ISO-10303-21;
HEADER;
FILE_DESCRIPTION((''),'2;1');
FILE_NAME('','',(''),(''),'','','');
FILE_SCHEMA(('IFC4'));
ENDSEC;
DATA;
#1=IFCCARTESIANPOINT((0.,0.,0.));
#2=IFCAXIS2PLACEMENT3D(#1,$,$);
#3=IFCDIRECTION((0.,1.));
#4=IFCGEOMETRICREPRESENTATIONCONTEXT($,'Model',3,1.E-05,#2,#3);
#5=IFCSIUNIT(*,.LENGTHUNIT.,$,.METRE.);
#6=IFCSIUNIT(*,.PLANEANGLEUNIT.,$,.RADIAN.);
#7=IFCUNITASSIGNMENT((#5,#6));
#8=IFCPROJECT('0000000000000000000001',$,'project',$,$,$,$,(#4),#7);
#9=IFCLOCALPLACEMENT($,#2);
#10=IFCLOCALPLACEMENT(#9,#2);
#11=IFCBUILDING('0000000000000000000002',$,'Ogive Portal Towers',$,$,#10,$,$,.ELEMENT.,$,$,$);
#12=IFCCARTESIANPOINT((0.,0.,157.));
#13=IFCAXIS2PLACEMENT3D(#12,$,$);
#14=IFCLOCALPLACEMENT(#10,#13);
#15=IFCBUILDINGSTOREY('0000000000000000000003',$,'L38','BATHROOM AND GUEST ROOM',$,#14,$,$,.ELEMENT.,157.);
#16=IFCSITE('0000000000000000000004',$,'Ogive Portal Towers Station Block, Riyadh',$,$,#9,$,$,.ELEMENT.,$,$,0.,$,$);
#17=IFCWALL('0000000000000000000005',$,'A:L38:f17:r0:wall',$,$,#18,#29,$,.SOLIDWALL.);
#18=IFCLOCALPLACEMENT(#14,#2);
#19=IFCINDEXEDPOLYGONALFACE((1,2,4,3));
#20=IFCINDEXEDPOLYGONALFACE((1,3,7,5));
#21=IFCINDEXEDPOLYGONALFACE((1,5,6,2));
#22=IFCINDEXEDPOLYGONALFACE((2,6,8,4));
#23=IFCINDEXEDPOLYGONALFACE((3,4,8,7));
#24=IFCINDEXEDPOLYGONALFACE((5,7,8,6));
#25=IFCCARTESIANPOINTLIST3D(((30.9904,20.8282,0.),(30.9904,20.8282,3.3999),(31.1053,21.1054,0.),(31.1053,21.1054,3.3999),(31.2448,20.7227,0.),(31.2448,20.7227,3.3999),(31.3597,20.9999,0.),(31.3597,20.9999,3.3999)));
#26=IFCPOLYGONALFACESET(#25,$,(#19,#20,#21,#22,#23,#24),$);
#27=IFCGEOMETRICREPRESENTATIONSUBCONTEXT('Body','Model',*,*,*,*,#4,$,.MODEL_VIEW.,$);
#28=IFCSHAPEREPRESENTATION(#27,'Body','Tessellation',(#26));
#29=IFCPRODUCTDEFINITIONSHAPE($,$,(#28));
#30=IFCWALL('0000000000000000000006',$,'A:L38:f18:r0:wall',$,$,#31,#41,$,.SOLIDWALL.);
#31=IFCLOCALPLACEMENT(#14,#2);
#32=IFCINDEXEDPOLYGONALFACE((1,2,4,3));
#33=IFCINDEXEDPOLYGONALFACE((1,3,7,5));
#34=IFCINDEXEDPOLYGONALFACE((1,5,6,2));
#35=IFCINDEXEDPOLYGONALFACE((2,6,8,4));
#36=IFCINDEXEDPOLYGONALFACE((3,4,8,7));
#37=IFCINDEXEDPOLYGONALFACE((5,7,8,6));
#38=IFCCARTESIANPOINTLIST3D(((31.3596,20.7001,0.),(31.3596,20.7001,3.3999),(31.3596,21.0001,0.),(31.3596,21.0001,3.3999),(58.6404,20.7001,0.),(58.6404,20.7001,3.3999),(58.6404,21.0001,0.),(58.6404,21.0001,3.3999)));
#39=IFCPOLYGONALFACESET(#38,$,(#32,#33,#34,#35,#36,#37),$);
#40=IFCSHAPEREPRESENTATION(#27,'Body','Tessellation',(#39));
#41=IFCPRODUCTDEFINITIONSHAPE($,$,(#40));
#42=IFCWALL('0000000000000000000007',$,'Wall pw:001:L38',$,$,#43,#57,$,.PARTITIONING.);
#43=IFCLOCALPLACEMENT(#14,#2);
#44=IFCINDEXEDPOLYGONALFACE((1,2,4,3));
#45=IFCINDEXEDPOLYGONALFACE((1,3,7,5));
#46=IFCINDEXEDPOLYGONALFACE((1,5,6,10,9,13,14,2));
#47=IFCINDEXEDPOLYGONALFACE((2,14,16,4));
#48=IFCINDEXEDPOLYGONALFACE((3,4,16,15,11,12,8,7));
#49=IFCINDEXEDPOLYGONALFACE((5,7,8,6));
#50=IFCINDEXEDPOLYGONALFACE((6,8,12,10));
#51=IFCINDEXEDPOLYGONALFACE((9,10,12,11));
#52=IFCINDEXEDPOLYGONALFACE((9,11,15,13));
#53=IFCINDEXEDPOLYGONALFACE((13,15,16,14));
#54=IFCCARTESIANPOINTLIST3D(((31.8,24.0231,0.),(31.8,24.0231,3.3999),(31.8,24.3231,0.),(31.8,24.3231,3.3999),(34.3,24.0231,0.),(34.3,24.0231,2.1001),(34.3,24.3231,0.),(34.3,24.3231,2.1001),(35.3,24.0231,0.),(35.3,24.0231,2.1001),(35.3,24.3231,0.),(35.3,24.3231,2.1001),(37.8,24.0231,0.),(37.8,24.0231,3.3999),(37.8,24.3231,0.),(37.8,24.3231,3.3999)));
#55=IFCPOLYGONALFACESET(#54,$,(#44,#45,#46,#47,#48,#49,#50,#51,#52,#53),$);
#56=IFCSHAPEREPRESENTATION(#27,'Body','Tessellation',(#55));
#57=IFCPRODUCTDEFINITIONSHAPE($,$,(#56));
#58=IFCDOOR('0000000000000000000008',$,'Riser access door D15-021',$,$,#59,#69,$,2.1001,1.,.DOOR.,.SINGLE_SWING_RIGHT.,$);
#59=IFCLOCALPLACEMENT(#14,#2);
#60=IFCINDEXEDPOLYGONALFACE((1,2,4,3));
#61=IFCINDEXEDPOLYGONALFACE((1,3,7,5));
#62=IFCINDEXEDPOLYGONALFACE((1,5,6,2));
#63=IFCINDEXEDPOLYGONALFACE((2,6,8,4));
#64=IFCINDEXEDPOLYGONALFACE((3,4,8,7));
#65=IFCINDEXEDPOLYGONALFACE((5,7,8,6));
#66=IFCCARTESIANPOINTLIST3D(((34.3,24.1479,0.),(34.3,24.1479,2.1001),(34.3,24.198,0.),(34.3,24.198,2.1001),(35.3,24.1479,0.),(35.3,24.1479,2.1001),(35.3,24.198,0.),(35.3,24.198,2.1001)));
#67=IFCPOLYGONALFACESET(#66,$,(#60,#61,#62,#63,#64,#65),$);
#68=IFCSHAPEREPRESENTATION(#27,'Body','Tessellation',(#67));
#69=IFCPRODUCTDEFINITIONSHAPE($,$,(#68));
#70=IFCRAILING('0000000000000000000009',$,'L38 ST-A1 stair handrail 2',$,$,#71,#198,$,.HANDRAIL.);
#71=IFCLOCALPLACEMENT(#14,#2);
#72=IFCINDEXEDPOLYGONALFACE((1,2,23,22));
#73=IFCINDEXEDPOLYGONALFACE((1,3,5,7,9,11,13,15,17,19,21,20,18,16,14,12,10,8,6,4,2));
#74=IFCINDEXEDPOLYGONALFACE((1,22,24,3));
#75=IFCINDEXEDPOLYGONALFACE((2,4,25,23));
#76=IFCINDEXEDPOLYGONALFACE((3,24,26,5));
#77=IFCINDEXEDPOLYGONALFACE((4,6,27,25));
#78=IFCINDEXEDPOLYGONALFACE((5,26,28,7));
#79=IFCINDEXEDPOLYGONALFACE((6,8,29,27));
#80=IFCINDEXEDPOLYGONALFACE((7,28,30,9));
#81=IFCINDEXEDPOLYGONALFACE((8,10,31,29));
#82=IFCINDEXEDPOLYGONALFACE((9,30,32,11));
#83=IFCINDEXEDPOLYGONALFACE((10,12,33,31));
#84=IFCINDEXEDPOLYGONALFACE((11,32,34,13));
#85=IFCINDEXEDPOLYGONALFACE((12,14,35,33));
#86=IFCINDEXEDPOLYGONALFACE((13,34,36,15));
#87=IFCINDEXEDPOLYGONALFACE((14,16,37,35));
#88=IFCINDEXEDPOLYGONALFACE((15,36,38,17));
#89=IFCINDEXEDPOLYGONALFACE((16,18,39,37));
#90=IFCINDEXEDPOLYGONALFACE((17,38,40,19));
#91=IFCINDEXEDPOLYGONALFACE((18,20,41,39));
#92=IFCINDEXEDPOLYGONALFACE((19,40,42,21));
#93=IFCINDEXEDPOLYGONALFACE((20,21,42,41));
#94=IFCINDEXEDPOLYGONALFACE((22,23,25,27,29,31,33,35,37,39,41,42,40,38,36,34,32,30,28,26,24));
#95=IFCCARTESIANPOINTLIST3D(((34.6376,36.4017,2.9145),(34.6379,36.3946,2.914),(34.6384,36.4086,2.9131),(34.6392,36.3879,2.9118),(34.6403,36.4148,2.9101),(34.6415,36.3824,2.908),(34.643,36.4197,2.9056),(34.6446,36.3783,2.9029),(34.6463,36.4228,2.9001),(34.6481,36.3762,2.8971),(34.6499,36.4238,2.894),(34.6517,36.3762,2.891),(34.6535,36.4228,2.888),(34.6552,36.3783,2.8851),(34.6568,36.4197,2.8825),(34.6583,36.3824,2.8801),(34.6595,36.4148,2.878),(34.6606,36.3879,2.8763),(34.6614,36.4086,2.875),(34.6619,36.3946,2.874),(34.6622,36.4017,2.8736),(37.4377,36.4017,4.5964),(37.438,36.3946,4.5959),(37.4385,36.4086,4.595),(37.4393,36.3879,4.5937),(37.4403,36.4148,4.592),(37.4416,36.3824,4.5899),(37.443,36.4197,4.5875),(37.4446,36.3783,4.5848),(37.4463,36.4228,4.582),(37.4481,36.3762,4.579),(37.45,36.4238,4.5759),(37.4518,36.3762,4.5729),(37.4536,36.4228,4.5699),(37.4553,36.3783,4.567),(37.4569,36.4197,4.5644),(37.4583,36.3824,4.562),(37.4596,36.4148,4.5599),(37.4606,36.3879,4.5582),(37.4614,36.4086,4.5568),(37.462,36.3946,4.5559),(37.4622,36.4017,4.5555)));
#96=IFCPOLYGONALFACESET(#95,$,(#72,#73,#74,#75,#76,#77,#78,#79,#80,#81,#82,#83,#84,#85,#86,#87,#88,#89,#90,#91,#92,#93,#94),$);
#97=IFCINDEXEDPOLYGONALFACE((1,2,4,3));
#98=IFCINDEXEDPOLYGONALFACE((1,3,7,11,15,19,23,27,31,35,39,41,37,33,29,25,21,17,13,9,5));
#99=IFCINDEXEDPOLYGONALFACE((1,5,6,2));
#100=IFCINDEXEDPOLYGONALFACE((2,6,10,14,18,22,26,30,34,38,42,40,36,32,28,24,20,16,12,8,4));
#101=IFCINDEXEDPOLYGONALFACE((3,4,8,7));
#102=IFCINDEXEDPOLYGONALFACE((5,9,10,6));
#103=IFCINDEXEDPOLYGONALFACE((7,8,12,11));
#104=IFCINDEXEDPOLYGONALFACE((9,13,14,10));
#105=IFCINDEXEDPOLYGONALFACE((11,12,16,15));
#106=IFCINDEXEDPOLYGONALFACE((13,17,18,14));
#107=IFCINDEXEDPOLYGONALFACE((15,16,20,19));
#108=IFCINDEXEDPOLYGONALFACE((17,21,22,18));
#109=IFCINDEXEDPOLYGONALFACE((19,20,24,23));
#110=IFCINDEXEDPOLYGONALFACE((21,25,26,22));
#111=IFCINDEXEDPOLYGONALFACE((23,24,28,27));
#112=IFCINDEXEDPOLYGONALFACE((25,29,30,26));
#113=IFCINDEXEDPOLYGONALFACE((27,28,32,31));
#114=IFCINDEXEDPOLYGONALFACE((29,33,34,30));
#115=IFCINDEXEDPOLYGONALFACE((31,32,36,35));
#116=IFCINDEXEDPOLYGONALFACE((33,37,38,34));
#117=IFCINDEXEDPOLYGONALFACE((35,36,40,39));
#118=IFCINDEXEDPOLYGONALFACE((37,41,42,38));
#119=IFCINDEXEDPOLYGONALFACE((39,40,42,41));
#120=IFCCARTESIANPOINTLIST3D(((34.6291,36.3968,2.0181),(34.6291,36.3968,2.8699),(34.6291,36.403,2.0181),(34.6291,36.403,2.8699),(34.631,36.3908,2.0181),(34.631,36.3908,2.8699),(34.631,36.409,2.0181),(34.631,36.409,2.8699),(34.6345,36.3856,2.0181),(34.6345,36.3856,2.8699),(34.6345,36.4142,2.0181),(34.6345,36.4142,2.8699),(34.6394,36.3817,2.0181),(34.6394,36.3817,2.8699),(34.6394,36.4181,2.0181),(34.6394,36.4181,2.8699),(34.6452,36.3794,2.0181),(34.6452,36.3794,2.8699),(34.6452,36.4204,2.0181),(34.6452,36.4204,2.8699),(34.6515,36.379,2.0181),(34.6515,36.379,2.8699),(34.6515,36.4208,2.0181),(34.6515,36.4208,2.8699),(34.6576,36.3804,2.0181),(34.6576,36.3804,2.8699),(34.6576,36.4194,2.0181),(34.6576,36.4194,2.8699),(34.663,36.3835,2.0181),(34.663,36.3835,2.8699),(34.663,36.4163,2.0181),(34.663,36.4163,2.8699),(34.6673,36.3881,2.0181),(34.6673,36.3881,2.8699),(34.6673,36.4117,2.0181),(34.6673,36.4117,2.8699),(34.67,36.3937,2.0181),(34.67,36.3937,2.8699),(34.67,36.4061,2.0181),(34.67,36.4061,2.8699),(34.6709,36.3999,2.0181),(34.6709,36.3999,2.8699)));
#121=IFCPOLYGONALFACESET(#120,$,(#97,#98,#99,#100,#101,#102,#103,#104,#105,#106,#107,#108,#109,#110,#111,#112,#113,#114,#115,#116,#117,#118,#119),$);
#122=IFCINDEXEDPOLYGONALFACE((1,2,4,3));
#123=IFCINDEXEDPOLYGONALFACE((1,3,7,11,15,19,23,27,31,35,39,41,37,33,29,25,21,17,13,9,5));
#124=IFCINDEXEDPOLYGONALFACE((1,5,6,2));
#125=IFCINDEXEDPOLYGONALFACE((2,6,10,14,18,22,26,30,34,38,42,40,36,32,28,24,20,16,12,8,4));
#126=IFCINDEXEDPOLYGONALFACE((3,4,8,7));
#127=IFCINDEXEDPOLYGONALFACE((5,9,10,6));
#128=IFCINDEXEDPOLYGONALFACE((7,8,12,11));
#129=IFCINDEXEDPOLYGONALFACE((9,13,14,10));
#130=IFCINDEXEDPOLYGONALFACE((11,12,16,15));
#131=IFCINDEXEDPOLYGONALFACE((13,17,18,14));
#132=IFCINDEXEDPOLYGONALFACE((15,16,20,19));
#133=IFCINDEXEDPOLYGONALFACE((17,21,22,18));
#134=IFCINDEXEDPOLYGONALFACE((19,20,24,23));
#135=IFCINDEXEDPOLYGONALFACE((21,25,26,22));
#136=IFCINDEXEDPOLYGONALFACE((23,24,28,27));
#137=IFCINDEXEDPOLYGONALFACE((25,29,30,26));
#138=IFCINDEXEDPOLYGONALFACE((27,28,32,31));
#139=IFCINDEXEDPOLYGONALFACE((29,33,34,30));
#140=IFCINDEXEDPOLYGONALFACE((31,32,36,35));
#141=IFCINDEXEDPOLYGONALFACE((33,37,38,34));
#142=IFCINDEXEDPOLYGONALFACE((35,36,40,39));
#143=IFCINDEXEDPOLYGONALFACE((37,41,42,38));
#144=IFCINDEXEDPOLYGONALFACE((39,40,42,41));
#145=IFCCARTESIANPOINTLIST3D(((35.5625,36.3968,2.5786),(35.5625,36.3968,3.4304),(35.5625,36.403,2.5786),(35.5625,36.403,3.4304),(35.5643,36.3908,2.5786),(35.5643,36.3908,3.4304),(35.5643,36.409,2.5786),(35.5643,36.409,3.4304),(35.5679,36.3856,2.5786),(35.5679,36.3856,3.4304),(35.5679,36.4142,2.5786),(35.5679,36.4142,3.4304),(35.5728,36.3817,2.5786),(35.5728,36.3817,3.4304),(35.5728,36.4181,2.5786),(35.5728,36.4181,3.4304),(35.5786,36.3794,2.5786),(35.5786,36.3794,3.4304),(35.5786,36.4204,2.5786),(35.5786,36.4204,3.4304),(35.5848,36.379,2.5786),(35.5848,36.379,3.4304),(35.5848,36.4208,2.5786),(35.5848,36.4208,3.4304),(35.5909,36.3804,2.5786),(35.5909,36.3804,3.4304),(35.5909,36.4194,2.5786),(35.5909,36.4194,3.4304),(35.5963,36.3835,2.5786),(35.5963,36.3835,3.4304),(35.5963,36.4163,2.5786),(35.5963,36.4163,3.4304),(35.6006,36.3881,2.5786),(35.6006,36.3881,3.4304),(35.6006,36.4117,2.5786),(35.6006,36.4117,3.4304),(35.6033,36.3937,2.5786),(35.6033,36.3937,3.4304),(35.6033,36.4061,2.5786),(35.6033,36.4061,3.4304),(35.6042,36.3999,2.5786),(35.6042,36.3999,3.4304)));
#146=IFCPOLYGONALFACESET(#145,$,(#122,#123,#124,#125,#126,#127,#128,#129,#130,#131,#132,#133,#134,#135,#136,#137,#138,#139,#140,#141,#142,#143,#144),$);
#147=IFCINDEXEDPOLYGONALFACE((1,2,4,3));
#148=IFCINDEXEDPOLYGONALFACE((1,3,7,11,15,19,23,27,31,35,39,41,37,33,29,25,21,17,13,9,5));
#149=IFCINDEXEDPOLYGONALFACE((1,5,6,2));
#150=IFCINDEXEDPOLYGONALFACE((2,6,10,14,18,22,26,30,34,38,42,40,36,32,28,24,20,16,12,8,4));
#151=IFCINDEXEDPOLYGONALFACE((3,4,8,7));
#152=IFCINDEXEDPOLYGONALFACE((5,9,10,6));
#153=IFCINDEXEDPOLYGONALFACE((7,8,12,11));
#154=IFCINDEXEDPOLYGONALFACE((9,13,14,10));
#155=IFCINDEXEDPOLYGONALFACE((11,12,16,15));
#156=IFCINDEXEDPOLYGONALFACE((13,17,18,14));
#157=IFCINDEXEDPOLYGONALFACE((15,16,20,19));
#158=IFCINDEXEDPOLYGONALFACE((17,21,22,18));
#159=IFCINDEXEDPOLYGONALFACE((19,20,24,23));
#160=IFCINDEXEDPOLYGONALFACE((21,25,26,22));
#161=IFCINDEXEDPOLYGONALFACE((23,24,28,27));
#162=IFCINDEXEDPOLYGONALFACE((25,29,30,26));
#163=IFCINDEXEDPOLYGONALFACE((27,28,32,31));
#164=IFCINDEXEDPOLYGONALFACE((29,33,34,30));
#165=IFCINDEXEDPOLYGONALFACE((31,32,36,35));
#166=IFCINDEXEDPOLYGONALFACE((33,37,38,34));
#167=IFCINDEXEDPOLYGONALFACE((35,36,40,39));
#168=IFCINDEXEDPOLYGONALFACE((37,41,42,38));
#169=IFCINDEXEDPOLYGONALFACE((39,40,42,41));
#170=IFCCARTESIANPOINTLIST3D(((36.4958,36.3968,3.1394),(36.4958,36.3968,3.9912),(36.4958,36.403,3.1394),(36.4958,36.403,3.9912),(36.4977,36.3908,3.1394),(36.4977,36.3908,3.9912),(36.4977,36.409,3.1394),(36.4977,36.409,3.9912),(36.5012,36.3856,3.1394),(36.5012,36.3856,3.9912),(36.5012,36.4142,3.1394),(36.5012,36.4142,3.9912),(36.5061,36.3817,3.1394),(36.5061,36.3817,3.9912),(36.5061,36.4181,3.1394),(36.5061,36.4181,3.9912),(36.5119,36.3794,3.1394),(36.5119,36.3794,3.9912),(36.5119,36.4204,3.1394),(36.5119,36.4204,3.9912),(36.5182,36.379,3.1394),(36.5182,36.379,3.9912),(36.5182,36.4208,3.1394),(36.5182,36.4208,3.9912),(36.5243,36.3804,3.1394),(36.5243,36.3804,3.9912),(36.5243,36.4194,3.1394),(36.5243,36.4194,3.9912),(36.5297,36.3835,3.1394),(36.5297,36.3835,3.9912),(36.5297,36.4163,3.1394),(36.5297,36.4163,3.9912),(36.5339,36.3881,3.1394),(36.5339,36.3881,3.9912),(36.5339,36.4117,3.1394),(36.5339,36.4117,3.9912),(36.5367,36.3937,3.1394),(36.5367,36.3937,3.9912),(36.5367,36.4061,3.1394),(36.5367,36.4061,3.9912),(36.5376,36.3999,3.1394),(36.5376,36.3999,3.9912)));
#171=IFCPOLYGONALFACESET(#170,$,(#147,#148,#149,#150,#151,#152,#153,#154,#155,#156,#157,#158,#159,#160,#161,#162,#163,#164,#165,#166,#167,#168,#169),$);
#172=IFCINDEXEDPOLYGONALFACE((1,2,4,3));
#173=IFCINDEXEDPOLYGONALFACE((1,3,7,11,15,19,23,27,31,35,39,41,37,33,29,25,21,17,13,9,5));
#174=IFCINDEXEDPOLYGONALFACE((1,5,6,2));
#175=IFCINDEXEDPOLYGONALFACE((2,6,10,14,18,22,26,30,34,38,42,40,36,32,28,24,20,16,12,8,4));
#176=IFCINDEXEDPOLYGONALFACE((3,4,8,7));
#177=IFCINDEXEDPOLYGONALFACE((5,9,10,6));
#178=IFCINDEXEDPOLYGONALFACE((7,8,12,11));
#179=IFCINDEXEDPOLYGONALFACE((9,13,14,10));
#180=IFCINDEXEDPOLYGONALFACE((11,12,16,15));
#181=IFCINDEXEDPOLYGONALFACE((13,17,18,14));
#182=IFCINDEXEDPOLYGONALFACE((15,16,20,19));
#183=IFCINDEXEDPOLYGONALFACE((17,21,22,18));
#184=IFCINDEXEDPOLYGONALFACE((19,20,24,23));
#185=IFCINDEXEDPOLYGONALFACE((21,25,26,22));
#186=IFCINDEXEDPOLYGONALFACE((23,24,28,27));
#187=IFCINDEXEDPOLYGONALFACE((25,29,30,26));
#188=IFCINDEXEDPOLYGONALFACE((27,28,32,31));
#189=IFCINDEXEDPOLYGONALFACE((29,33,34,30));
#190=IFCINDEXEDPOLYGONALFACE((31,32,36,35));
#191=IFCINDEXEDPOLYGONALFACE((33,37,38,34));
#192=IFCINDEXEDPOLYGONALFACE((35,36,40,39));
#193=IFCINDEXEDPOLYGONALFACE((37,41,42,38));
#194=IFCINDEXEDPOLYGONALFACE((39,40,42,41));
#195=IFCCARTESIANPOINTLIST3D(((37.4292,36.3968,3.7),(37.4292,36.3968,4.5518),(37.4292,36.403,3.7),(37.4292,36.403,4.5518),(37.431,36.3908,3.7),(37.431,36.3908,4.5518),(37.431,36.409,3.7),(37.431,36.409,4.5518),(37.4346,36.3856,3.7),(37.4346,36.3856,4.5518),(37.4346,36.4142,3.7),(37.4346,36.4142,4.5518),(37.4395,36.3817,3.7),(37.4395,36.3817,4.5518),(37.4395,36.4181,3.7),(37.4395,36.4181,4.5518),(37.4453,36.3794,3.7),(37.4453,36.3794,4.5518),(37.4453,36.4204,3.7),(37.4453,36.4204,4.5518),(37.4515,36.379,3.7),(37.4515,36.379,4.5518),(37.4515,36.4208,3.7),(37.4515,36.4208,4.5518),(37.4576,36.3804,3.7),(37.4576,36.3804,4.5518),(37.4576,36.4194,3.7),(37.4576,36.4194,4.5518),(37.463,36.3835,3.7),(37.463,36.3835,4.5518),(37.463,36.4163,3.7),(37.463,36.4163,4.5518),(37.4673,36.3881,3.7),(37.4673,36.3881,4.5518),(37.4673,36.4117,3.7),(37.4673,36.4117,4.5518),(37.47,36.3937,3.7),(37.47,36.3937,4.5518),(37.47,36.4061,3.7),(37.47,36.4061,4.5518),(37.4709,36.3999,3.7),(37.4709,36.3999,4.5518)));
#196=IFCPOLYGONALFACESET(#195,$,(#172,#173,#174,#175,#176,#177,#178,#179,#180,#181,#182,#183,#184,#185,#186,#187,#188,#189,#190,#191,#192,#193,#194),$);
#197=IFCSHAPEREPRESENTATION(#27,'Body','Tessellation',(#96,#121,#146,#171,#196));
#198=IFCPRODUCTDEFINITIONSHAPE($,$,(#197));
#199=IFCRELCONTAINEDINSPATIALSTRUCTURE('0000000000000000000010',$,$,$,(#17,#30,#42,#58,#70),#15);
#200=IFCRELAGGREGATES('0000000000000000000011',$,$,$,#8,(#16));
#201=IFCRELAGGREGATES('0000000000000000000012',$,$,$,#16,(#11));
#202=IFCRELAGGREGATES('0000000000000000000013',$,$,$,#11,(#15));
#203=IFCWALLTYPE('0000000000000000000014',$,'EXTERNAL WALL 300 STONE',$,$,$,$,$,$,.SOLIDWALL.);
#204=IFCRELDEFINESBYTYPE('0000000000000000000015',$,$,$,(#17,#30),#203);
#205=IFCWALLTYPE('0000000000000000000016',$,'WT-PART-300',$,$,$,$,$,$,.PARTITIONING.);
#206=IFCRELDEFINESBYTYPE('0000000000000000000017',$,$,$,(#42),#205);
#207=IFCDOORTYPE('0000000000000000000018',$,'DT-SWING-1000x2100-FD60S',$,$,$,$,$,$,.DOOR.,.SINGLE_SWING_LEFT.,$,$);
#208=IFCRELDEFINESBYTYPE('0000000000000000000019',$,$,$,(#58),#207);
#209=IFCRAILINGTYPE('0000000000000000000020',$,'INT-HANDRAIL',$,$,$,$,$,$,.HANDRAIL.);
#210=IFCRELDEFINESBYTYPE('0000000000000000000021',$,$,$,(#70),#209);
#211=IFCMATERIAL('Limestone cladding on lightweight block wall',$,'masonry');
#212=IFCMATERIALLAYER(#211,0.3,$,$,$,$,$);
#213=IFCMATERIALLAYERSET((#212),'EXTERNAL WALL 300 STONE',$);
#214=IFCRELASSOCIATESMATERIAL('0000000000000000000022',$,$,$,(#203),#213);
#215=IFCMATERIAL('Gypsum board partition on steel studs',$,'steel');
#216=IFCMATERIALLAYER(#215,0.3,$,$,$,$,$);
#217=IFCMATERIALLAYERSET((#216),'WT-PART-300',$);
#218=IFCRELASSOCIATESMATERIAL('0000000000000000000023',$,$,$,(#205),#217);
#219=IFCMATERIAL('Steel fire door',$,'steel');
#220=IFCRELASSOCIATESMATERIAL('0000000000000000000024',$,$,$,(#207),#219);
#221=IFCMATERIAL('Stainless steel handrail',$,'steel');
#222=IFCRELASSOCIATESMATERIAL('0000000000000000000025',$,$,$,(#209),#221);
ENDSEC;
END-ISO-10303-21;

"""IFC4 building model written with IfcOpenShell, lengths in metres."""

from ifc_helpers import new_model, si_unit, direction, frame, frame_2d, origin, origin_2d, place, context, subcontext, project, spatial, rectangle, circle, extrude, material, layer, layer_set, type_object, element, fill, save


model = new_model("IFC4")

# Units and contexts
model_context = context("Model", 3, precision=1e-05, world=origin(), true_north=direction((0.0, 1.0)))
body_context = subcontext(model_context, "Body", "Model", "MODEL_VIEW")
ifc_project = project(units=[si_unit("LENGTHUNIT", "METRE"), si_unit("PLANEANGLEUNIT", "RADIAN")], contexts=[model_context])

# Site, building, storey
site_placement = place(None, origin())
site = spatial("IfcSite", under=ifc_project, at=site_placement, Name="Ogive Portal Towers Station Block, Riyadh", CompositionType="ELEMENT", RefElevation=0.0)
building_placement = place(site_placement, origin())
building = spatial("IfcBuilding", under=site, at=building_placement, Name="Ogive Portal Towers", CompositionType="ELEMENT")
storey_placement = place(building_placement, frame((0.0, 0.0, 157.0)))
storey = spatial("IfcBuildingStorey", under=building, at=storey_placement, Name="L38", Description="BATHROOM AND GUEST ROOM", CompositionType="ELEMENT", Elevation=157.0)

# Shared definitions
ifc_material_1 = material(Name="Steel fire door", Category="steel")

# Walls
ifc_material_2 = material(Name="Limestone cladding on lightweight block wall", Category="masonry")
ifc_layer_1 = layer(ifc_material_2, 0.3)
ifc_layer_set_1 = layer_set([ifc_layer_1], Name="EXTERNAL WALL 300 STONE")
wall_type_1 = type_object("IfcWallType", Name="EXTERNAL WALL 300 STONE", PredefinedType="SOLIDWALL", material=ifc_layer_set_1)
for number, where, z_axis, x_axis, name in (
    (1, (31.0479, 20.9668, 0.0), (0.0, 0.0, 1.0), (0.923757, -0.382978, 0.0), "A:L38:f17:r0:wall"),
):
    element("IfcWall", number, at=place(storey_placement, frame(where, z_axis=z_axis, x_axis=x_axis)), inside=storey, type_object=wall_type_1, Name=name, PredefinedType="SOLIDWALL", context=body_context, shape_type="SweptSolid", body=[
        extrude(rectangle(XDim=0.2754, YDim=0.3, at=frame_2d((0.1377, 0.0))), origin(), (0.0, 0.0, 1.0), 3.3999),
    ])
wall_1_placement = place(storey_placement, frame((31.3596, 20.8501, 0.0), z_axis=(0.0, 0.0, 1.0), x_axis=(1.0, 0.0, 0.0)))
element("IfcWall", 2, at=wall_1_placement, inside=storey, type_object=wall_type_1, Name="A:L38:f18:r0:wall", PredefinedType="SOLIDWALL", context=body_context, shape_type="SweptSolid", body=[
    extrude(rectangle(XDim=27.2808, YDim=0.3, at=frame_2d((13.6404, 0.0))), origin(), (0.0, 0.0, 1.0), 3.3999),
])

# Wall, opening, door
ifc_material_3 = material(Name="Gypsum board partition on steel studs", Category="steel")
ifc_layer_2 = layer(ifc_material_3, 0.3)
ifc_layer_set_2 = layer_set([ifc_layer_2], Name="WT-PART-300")
wall_type_2 = type_object("IfcWallType", Name="WT-PART-300", PredefinedType="PARTITIONING", material=ifc_layer_set_2)
wall_2_placement = place(storey_placement, frame((31.8, 24.1731, 0.0), z_axis=(0.0, 0.0, 1.0), x_axis=(1.0, 0.0, 0.0)))
wall_2 = element("IfcWall", 3, at=wall_2_placement, inside=storey, type_object=wall_type_2, Name="Wall pw:001:L38", PredefinedType="PARTITIONING", context=body_context, shape_type="SweptSolid", body=[
    extrude(rectangle(XDim=6.0, YDim=0.3, at=frame_2d((3.0, 0.0))), origin(), (0.0, 0.0, 1.0), 3.3999),
])
opening_1_placement = place(wall_2_placement, frame((2.5, 0.0, 0.0)))
opening_1 = element("IfcOpeningElement", 4, at=opening_1_placement, cuts=wall_2, PredefinedType="OPENING", context=body_context, shape_type="SweptSolid", body=[
    extrude(rectangle(XDim=1.0, YDim=2.1001, at=frame_2d((0.5, 1.05))), frame((0.0, 0.1602, 0.0), z_axis=(0.0, -1.0, 0.0), x_axis=(1.0, 0.0, 0.0)), (0.0, 0.0, 1.0), 0.3201),
])
door_type_1 = type_object("IfcDoorType", Name="DT-SWING-1000x2100-FD60S", OperationType="SINGLE_SWING_LEFT", PredefinedType="DOOR", material=ifc_material_1)
door_1_placement = place(opening_1_placement, origin())
door_1 = element("IfcDoor", 5, at=door_1_placement, inside=storey, type_object=door_type_1, Name="Riser access door D15-021", OperationType="SINGLE_SWING_RIGHT", OverallHeight=2.1001, OverallWidth=1.0, PredefinedType="DOOR", context=body_context, shape_type="SweptSolid", body=[
    extrude(rectangle(XDim=1.0, YDim=2.1001, at=frame_2d((0.5, 1.05))), frame((0.0, 0.0249, 0.0), z_axis=(0.0, -1.0, 0.0), x_axis=(1.0, 0.0, 0.0)), (0.0, 0.0, 1.0), 0.05),
])
fill(opening_1, door_1)

# Railing
ifc_material_4 = material(Name="Stainless steel handrail", Category="steel")
railing_type = type_object("IfcRailingType", Name="INT-HANDRAIL", PredefinedType="HANDRAIL", material=ifc_material_4)
railing_placement = place(storey_placement, frame((34.6499, 36.3999, 2.0181)))
element("IfcRailing", 6, at=railing_placement, inside=storey, type_object=railing_type, Name="L38 ST-A1 stair handrail 2", PredefinedType="HANDRAIL", context=body_context, shape_type="SweptSolid", body=[
    extrude(circle(Radius=0.0239, at=origin_2d()), frame((0.0, 0.0, 0.876), z_axis=(0.857242, 0.0, 0.514913), x_axis=(0.0, 1.0, 0.0)), (0.0, 0.0, 1.0), 3.2664),
    extrude(circle(Radius=0.021, at=origin_2d()), origin(), (0.0, 0.0, 1.0), 0.8518),
    extrude(circle(Radius=0.021, at=origin_2d()), frame((0.9333, 0.0, 0.5605)), (0.0, 0.0, 1.0), 0.8518),
    extrude(circle(Radius=0.021, at=origin_2d()), frame((1.8667, 0.0, 1.1213)), (0.0, 0.0, 1.0), 0.8518),
    extrude(circle(Radius=0.021, at=origin_2d()), frame((2.8, 0.0, 1.6819)), (0.0, 0.0, 1.0), 0.8518),
])

save(model, "model.ifc")
